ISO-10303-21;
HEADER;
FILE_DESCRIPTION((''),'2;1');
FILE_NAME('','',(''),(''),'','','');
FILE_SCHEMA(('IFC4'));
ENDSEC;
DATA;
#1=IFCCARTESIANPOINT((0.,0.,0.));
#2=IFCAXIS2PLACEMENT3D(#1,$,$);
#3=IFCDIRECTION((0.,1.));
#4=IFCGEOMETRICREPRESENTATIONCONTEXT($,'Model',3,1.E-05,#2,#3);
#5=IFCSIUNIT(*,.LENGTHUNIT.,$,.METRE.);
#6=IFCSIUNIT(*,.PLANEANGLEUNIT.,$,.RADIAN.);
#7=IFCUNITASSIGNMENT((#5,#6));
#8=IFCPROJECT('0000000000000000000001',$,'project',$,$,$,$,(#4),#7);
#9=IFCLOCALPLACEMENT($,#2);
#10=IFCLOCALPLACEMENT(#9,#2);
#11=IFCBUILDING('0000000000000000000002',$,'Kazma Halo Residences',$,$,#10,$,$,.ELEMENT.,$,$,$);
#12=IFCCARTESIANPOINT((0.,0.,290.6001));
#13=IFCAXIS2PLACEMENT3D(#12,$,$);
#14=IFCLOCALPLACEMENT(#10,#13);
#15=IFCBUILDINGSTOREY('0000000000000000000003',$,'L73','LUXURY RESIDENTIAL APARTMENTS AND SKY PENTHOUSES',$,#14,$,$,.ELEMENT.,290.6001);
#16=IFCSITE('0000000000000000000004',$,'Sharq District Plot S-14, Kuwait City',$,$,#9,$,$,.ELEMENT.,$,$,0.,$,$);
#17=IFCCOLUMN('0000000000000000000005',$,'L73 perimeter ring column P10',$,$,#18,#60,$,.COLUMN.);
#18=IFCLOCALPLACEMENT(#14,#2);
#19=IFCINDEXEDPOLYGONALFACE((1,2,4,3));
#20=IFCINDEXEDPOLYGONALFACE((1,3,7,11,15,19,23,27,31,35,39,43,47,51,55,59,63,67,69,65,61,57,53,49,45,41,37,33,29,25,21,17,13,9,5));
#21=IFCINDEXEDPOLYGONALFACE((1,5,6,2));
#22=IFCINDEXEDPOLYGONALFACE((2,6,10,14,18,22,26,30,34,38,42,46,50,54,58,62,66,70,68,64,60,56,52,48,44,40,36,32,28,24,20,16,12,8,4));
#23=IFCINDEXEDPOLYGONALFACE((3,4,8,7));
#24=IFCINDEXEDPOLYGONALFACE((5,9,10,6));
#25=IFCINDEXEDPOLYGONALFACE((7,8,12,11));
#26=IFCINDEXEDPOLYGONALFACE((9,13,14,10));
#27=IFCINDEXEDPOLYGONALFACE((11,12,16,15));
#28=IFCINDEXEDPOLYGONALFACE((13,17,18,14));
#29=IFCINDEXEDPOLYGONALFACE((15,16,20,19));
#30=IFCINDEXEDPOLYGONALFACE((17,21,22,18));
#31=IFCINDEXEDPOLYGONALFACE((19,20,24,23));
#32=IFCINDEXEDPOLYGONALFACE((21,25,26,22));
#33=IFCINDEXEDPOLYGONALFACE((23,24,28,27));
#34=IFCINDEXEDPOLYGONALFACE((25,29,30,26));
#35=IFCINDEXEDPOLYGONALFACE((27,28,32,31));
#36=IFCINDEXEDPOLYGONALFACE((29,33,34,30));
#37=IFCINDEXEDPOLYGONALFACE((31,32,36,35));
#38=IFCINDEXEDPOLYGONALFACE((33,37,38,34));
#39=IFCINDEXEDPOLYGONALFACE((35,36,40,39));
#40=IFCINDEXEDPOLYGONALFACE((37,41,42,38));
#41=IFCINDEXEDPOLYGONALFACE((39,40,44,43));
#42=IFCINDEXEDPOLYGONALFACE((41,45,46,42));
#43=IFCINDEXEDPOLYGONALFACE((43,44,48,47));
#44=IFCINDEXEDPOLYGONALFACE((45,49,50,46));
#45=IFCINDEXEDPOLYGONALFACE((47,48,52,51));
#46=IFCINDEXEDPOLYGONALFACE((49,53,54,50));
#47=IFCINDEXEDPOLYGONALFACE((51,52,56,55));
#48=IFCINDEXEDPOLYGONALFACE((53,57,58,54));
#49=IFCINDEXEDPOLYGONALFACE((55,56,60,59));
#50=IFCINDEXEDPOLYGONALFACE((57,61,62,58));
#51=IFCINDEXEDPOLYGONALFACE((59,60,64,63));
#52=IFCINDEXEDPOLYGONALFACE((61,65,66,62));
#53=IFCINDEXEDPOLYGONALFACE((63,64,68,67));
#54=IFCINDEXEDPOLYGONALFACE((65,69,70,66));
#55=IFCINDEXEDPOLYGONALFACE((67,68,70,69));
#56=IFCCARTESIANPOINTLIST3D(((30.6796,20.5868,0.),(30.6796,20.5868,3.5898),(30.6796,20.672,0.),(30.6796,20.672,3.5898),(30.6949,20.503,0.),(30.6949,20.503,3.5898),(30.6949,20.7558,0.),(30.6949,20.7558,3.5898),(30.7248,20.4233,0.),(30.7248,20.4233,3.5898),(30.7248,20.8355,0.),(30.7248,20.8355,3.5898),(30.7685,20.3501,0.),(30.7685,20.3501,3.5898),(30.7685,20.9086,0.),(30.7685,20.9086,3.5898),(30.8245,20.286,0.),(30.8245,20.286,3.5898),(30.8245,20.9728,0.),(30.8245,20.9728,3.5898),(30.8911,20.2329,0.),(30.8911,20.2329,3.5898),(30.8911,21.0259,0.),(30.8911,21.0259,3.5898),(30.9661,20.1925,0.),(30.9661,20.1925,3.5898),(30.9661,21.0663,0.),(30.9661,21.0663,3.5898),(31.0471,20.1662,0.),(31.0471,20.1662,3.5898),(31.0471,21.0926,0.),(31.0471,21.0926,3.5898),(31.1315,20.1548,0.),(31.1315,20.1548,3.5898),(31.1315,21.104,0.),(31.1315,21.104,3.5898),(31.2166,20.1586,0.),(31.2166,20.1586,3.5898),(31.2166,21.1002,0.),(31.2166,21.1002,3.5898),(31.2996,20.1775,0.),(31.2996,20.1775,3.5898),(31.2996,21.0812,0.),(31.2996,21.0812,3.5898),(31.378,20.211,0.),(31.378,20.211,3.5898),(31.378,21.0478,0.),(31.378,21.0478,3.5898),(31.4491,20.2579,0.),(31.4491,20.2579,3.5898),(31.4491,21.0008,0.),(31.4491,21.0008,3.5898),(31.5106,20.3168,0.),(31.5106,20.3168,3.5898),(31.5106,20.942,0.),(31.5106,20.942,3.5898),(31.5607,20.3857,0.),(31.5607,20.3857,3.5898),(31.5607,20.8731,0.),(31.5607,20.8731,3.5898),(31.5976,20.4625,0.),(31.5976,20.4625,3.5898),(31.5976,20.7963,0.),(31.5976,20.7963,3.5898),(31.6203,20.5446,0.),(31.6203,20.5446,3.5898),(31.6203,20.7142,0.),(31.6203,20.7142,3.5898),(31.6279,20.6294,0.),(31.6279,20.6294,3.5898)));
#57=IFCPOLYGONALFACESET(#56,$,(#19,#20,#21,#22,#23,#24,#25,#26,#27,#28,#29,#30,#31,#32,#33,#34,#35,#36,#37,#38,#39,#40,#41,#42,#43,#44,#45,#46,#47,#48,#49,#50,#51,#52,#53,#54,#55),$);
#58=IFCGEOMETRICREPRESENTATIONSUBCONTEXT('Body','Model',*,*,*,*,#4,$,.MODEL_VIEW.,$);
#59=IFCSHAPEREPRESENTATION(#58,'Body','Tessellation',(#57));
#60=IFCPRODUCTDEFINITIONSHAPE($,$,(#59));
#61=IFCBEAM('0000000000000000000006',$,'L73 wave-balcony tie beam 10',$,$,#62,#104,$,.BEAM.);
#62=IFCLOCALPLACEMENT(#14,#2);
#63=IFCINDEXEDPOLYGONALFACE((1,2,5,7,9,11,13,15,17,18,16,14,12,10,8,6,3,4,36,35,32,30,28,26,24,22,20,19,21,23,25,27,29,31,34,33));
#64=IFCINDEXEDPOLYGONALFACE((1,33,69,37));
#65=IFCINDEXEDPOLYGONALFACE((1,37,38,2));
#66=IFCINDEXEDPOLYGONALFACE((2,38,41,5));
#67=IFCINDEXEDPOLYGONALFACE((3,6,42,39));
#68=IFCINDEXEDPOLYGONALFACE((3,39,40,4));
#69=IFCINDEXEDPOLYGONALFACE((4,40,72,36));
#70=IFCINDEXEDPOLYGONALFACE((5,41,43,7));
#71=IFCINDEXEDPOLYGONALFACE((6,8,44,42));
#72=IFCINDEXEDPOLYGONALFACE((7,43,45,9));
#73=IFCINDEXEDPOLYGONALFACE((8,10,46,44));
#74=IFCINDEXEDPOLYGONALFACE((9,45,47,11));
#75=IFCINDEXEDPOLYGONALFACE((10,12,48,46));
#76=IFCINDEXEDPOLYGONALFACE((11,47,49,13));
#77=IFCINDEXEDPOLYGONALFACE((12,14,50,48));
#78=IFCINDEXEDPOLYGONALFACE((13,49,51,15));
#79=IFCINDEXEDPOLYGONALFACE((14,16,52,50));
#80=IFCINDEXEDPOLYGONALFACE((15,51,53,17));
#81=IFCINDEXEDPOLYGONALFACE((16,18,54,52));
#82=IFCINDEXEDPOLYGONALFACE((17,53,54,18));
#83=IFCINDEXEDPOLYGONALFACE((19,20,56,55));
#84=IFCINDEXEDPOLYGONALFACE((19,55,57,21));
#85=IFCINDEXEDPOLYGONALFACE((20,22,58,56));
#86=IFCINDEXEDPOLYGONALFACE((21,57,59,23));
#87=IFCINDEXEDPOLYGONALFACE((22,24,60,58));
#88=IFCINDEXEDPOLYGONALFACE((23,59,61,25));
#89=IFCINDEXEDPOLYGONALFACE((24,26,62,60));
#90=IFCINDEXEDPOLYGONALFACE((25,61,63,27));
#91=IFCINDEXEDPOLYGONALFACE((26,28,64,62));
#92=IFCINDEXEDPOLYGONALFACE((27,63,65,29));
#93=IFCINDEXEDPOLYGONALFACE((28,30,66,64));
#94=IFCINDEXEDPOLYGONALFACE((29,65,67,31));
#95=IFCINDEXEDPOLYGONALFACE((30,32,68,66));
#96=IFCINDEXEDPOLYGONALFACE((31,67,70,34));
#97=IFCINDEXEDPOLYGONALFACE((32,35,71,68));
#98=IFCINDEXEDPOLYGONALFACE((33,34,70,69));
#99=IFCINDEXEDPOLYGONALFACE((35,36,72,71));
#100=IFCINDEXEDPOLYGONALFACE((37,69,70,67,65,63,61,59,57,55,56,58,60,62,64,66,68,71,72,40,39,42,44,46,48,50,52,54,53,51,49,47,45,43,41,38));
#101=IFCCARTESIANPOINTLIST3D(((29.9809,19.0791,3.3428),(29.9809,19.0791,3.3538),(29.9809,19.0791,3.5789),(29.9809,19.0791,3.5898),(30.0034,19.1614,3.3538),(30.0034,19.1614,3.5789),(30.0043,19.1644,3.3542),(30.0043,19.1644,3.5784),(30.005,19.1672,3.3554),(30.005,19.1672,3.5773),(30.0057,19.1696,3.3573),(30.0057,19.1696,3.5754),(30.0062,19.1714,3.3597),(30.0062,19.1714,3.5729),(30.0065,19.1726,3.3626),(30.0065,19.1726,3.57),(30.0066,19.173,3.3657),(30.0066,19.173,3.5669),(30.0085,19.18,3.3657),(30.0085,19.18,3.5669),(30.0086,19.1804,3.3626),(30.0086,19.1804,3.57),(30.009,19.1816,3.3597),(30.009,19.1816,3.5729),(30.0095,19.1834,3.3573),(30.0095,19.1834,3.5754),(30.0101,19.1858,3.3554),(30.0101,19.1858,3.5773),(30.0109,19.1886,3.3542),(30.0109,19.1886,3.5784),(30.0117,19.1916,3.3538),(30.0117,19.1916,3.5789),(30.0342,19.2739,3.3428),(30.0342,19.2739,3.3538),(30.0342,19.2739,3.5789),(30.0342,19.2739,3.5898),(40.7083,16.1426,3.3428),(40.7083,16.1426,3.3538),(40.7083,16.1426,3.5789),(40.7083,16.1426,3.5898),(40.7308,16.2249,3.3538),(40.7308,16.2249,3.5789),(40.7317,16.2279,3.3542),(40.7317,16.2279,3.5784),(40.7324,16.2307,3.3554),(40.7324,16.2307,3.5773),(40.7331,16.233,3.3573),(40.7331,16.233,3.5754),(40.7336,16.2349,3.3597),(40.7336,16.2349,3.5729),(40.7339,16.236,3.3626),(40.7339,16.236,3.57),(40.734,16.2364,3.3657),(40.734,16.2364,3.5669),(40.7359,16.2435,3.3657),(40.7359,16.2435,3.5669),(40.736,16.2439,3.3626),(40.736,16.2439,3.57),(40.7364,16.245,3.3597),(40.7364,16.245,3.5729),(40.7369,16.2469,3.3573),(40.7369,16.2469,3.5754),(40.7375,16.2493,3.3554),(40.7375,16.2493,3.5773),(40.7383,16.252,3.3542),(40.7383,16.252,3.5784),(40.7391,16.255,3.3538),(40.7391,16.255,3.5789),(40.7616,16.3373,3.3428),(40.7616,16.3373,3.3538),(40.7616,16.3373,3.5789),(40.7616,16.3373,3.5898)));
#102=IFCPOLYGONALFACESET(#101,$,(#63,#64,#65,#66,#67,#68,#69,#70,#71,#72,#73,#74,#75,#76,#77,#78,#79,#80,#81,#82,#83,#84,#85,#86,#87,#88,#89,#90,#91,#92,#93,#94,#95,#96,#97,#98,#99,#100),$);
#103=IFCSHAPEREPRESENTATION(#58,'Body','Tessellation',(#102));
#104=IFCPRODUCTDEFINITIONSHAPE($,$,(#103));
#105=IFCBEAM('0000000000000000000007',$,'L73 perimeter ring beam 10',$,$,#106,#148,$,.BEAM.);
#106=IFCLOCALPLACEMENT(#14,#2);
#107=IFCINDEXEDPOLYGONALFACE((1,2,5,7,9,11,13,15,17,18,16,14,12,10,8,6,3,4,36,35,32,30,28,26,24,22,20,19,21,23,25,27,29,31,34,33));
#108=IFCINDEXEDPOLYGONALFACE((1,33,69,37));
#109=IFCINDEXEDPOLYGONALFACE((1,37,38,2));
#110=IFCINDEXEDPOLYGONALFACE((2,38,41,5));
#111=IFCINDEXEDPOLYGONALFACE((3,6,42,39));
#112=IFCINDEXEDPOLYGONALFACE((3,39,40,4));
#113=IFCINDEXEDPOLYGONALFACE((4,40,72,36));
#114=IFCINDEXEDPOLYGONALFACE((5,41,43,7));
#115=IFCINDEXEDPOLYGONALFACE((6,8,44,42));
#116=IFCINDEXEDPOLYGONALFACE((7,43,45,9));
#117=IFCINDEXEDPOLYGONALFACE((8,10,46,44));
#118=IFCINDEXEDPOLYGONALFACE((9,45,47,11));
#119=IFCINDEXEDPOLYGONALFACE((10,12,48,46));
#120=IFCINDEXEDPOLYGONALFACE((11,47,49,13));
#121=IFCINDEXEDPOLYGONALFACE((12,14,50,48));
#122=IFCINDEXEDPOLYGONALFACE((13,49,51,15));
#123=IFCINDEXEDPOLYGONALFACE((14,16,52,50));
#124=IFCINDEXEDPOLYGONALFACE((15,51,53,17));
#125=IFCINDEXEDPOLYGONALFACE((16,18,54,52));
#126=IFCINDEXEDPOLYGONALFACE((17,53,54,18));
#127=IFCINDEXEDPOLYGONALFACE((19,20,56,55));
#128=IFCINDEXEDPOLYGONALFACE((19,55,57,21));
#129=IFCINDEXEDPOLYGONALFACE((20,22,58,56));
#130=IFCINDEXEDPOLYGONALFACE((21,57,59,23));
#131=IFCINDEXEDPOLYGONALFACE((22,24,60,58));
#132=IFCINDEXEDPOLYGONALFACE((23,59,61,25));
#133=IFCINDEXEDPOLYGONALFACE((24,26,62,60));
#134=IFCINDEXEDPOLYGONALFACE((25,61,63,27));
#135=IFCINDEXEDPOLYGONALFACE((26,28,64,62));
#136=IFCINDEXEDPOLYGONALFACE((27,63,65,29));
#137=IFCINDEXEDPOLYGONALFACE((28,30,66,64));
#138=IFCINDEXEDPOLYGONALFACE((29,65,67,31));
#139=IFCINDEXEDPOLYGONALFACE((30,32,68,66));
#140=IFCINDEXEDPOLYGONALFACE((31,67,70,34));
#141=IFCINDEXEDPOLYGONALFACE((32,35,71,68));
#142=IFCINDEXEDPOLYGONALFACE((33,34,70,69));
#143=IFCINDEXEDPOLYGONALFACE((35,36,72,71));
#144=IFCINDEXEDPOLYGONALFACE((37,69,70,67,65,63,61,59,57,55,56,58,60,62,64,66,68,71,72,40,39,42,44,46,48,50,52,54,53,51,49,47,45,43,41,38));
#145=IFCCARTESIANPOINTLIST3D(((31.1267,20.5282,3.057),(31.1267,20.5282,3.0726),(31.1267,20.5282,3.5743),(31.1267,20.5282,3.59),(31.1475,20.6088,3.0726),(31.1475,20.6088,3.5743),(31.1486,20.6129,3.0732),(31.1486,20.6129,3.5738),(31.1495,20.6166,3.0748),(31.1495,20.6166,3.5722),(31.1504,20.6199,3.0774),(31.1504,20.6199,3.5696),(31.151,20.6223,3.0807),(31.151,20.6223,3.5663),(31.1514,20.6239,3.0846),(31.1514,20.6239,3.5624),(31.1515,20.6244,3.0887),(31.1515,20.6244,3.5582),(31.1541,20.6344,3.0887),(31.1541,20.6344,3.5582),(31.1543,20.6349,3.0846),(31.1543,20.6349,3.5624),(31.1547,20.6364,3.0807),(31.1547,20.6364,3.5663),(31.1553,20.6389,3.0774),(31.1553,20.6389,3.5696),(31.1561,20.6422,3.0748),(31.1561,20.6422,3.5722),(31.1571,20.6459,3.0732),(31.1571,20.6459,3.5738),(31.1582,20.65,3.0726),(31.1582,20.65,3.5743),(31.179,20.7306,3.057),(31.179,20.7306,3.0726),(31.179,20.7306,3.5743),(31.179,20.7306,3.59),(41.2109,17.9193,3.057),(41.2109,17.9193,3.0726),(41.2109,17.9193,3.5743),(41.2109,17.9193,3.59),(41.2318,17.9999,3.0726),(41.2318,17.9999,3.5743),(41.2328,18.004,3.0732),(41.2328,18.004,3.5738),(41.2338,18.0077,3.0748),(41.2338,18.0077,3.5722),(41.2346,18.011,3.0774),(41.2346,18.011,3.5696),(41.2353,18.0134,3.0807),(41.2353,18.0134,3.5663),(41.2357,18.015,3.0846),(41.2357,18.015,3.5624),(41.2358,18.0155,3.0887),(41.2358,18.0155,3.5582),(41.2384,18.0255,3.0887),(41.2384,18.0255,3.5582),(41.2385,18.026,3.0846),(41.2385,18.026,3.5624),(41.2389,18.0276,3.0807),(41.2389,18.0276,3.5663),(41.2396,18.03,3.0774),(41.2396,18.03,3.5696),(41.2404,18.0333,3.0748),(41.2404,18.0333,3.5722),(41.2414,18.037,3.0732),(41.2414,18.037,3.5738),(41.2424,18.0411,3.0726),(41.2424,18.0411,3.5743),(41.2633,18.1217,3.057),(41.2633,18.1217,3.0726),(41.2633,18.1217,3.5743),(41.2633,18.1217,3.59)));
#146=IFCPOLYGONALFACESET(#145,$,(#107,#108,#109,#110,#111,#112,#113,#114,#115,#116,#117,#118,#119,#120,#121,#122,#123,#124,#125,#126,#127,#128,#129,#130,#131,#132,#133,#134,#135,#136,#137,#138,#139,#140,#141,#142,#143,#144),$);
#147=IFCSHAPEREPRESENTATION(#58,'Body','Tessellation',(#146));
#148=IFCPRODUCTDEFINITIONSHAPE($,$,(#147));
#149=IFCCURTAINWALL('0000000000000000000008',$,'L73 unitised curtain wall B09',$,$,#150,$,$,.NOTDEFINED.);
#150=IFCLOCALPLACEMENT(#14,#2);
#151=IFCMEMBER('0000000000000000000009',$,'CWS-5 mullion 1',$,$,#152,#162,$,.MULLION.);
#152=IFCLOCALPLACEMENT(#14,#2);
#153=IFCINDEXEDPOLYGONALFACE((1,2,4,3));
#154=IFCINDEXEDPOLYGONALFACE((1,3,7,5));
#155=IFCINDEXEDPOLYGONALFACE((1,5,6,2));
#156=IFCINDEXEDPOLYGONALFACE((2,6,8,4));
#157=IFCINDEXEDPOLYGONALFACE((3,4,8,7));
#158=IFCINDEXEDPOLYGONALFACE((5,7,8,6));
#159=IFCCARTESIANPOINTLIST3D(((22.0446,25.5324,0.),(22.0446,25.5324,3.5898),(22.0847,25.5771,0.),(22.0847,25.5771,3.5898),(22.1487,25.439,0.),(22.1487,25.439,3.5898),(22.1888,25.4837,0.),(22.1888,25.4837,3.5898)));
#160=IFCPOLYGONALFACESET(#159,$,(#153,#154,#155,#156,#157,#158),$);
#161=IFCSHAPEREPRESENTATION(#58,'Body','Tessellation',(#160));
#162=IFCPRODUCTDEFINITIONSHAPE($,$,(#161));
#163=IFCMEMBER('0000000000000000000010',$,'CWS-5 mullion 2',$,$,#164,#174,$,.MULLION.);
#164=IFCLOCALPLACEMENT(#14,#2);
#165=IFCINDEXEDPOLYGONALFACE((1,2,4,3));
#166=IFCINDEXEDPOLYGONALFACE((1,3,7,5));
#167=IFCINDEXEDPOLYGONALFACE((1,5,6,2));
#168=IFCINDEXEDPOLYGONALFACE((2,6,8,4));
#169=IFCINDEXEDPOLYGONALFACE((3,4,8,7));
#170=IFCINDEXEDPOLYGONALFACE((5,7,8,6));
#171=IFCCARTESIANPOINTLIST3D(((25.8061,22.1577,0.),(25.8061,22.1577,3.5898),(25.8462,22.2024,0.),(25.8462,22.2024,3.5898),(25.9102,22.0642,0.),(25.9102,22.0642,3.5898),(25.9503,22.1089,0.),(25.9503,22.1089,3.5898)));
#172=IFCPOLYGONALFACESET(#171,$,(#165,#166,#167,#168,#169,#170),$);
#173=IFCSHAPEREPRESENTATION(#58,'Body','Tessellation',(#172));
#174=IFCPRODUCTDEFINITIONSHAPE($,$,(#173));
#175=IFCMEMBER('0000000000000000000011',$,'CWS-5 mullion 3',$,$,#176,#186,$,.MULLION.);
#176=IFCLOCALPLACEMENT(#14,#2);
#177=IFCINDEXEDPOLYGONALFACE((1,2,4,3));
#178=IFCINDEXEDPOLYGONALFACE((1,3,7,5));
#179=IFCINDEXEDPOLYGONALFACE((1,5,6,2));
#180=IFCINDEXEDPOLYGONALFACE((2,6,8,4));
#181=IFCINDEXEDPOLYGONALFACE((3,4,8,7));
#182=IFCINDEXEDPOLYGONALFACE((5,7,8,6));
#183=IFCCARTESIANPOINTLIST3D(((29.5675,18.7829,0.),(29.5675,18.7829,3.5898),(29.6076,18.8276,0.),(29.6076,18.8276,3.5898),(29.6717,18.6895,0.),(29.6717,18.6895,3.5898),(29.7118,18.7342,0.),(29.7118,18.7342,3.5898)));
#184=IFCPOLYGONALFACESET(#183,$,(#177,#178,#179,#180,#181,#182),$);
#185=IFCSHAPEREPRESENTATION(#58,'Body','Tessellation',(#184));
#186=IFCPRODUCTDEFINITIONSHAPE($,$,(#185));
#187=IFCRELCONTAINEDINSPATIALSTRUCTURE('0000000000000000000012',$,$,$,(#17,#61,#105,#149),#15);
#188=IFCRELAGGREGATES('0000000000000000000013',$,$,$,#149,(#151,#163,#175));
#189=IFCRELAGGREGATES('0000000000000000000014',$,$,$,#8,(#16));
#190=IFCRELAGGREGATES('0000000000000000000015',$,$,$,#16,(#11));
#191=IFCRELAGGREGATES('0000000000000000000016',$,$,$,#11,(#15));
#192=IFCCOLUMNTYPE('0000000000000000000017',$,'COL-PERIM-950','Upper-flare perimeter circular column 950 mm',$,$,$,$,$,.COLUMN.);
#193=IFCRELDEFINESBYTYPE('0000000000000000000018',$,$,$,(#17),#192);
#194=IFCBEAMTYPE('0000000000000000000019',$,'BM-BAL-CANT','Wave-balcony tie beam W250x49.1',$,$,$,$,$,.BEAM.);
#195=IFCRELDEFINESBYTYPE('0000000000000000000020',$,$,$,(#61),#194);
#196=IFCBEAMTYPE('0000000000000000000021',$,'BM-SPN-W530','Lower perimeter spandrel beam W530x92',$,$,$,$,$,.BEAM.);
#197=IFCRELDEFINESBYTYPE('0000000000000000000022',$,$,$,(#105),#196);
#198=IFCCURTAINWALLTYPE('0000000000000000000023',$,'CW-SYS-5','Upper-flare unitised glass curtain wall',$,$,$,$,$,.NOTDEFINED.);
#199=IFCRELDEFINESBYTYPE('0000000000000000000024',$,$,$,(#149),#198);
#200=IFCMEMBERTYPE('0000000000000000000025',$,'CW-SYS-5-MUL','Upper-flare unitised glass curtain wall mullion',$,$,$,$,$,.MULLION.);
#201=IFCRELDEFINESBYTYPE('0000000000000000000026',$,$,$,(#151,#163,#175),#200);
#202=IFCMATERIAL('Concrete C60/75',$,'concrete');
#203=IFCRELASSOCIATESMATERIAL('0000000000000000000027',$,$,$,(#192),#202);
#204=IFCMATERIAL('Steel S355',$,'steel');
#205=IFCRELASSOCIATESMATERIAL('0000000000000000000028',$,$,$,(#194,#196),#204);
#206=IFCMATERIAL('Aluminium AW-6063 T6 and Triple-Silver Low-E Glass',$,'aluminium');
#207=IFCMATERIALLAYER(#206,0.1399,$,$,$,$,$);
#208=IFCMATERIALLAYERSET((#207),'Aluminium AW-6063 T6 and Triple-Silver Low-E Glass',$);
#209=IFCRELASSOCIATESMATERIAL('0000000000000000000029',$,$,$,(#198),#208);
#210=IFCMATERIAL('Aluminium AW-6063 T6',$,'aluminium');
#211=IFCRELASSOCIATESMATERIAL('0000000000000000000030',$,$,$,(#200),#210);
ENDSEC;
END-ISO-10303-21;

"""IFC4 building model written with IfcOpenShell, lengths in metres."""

from ifc_helpers import new_model, si_unit, direction, frame, origin, origin_2d, place, context, subcontext, project, spatial, rectangle, circle, i_section, extrude, material, layer, layer_set, material_profile, profile_set, type_object, element, aggregate, save


model = new_model("IFC4")

# Units and contexts
model_context = context("Model", 3, precision=1e-05, world=origin(), true_north=direction((0.0, 1.0)))
body_context = subcontext(model_context, "Body", "Model", "MODEL_VIEW")
ifc_project = project(units=[si_unit("LENGTHUNIT", "METRE"), si_unit("PLANEANGLEUNIT", "RADIAN")], contexts=[model_context])

# Site, building, storey
site_placement = place(None, origin())
site = spatial("IfcSite", under=ifc_project, at=site_placement, Name="Sharq District Plot S-14, Kuwait City", CompositionType="ELEMENT", RefElevation=0.0)
building_placement = place(site_placement, origin())
building = spatial("IfcBuilding", under=site, at=building_placement, Name="Kazma Halo Residences", CompositionType="ELEMENT")
storey_placement = place(building_placement, frame((0.0, 0.0, 290.6001)))
storey = spatial("IfcBuildingStorey", under=building, at=storey_placement, Name="L73", Description="LUXURY RESIDENTIAL APARTMENTS AND SKY PENTHOUSES", CompositionType="ELEMENT", Elevation=290.6001)

# Column
ifc_material_1 = material(Name="Concrete C60/75", Category="concrete")
ifc_material_profile_1 = material_profile(ifc_material_1, circle(Radius=0.4751, at=origin_2d()), Name="CIRC950")
ifc_profile_set_1 = profile_set([ifc_material_profile_1], Name="Concrete C60/75")
column_type = type_object("IfcColumnType", Name="COL-PERIM-950", Description="Upper-flare perimeter circular column 950 mm", PredefinedType="COLUMN", material=ifc_profile_set_1)
column_placement = place(storey_placement, frame((31.1528, 20.6294, 0.0), z_axis=(0.0, 0.0, 1.0), x_axis=(1.0, 0.0, 0.0)))
element("IfcColumn", 1, at=column_placement, inside=storey, type_object=column_type, Name="L73 perimeter ring column P10", PredefinedType="COLUMN", context=body_context, shape_type="SweptSolid", body=[
    extrude(circle(Radius=0.4751, at=origin_2d()), origin(), (0.0, 0.0, 1.0), 3.5898),
])

# Beams
ifc_material_2 = material(Name="Steel S355", Category="steel")
ifc_material_profile_2 = material_profile(ifc_material_2, i_section(OverallWidth=0.2019, OverallDepth=0.2471, WebThickness=0.0073, FlangeThickness=0.011, FilletRadius=0.012, at=origin_2d()), Name="W250x49.1")
ifc_profile_set_2 = profile_set([ifc_material_profile_2], Name="Steel S355")
beam_type_1 = type_object("IfcBeamType", Name="BM-BAL-CANT", Description="Wave-balcony tie beam W250x49.1", PredefinedType="BEAM", material=ifc_profile_set_2)
beam_1_placement = place(storey_placement, frame((30.0076, 19.1765, 3.4663), z_axis=(0.964515, -0.264029, 0.0), x_axis=(0.264029, 0.964515, 0.0)))
element("IfcBeam", 2, at=beam_1_placement, inside=storey, type_object=beam_type_1, Name="L73 wave-balcony tie beam 10", PredefinedType="BEAM", context=body_context, shape_type="SweptSolid", body=[
    extrude(i_section(OverallWidth=0.2019, OverallDepth=0.2471, WebThickness=0.0073, FlangeThickness=0.011, FilletRadius=0.012, at=origin_2d()), origin(), (0.0, 0.0, 1.0), 11.1221),
])
ifc_material_profile_3 = material_profile(ifc_material_2, i_section(OverallWidth=0.209, OverallDepth=0.533, WebThickness=0.0103, FlangeThickness=0.0156, FilletRadius=0.0161, at=origin_2d()), Name="W530x92")
ifc_profile_set_3 = profile_set([ifc_material_profile_3], Name="Steel S355")
beam_type_2 = type_object("IfcBeamType", Name="BM-SPN-W530", Description="Lower perimeter spandrel beam W530x92", PredefinedType="BEAM", material=ifc_profile_set_3)
beam_2_placement = place(storey_placement, frame((31.1528, 20.6294, 3.3235), z_axis=(0.968126, -0.250464, 0.0), x_axis=(0.250464, 0.968126, 0.0)))
element("IfcBeam", 3, at=beam_2_placement, inside=storey, type_object=beam_type_2, Name="L73 perimeter ring beam 10", PredefinedType="BEAM", context=body_context, shape_type="SweptSolid", body=[
    extrude(i_section(OverallWidth=0.209, OverallDepth=0.533, WebThickness=0.0103, FlangeThickness=0.0156, FilletRadius=0.0161, at=origin_2d()), origin(), (0.0, 0.0, 1.0), 10.4163),
])

# Curtain wall, members
ifc_material_3 = material(Name="Aluminium AW-6063 T6 and Triple-Silver Low-E Glass", Category="aluminium")
ifc_layer_1 = layer(ifc_material_3, 0.1399)
ifc_layer_set_1 = layer_set([ifc_layer_1], Name="Aluminium AW-6063 T6 and Triple-Silver Low-E Glass")
curtain_wall_type = type_object("IfcCurtainWallType", Name="CW-SYS-5", Description="Upper-flare unitised glass curtain wall", PredefinedType="NOTDEFINED", material=ifc_layer_set_1)
curtain_wall_placement = place(storey_placement, origin())
curtain_wall = element("IfcCurtainWall", 4, at=curtain_wall_placement, inside=storey, type_object=curtain_wall_type, Name="L73 unitised curtain wall B09", PredefinedType="NOTDEFINED")
ifc_material_4 = material(Name="Aluminium AW-6063 T6", Category="aluminium")
ifc_material_profile_4 = material_profile(ifc_material_4, rectangle(XDim=0.0601, YDim=0.1399, at=origin_2d()), Name="CWM-60x140")
ifc_profile_set_4 = profile_set([ifc_material_profile_4], Name="Aluminium AW-6063 T6")
member_type_1 = type_object("IfcMemberType", Name="CW-SYS-5-MUL", Description="Upper-flare unitised glass curtain wall mullion", PredefinedType="MULLION", material=ifc_profile_set_4)
member_1_placement = place(storey_placement, frame((22.1167, 25.5081, 0.0), z_axis=(0.0, 0.0, 1.0), x_axis=(0.667805, 0.744336, 0.0)))
member_1 = element("IfcMember", 5, at=member_1_placement, type_object=member_type_1, Name="CWS-5 mullion 1", PredefinedType="MULLION", context=body_context, shape_type="SweptSolid", body=[
    extrude(rectangle(XDim=0.0601, YDim=0.1399, at=origin_2d()), origin(), (0.0, 0.0, 1.0), 3.5898),
])
member_2_placement = place(storey_placement, frame((25.8782, 22.1333, 0.0), z_axis=(0.0, 0.0, 1.0), x_axis=(0.667805, 0.744336, 0.0)))
member_2 = element("IfcMember", 6, at=member_2_placement, type_object=member_type_1, Name="CWS-5 mullion 2", PredefinedType="MULLION", context=body_context, shape_type="SweptSolid", body=[
    extrude(rectangle(XDim=0.0601, YDim=0.1399, at=origin_2d()), origin(), (0.0, 0.0, 1.0), 3.5898),
])
member_3_placement = place(storey_placement, frame((29.6396, 18.7585, 0.0), z_axis=(0.0, 0.0, 1.0), x_axis=(0.667805, 0.744336, 0.0)))
member_3 = element("IfcMember", 7, at=member_3_placement, type_object=member_type_1, Name="CWS-5 mullion 3", PredefinedType="MULLION", context=body_context, shape_type="SweptSolid", body=[
    extrude(rectangle(XDim=0.0601, YDim=0.1399, at=origin_2d()), origin(), (0.0, 0.0, 1.0), 3.5898),
])
aggregate(curtain_wall, [member_1, member_2, member_3])

save(model, "model.ifc")
